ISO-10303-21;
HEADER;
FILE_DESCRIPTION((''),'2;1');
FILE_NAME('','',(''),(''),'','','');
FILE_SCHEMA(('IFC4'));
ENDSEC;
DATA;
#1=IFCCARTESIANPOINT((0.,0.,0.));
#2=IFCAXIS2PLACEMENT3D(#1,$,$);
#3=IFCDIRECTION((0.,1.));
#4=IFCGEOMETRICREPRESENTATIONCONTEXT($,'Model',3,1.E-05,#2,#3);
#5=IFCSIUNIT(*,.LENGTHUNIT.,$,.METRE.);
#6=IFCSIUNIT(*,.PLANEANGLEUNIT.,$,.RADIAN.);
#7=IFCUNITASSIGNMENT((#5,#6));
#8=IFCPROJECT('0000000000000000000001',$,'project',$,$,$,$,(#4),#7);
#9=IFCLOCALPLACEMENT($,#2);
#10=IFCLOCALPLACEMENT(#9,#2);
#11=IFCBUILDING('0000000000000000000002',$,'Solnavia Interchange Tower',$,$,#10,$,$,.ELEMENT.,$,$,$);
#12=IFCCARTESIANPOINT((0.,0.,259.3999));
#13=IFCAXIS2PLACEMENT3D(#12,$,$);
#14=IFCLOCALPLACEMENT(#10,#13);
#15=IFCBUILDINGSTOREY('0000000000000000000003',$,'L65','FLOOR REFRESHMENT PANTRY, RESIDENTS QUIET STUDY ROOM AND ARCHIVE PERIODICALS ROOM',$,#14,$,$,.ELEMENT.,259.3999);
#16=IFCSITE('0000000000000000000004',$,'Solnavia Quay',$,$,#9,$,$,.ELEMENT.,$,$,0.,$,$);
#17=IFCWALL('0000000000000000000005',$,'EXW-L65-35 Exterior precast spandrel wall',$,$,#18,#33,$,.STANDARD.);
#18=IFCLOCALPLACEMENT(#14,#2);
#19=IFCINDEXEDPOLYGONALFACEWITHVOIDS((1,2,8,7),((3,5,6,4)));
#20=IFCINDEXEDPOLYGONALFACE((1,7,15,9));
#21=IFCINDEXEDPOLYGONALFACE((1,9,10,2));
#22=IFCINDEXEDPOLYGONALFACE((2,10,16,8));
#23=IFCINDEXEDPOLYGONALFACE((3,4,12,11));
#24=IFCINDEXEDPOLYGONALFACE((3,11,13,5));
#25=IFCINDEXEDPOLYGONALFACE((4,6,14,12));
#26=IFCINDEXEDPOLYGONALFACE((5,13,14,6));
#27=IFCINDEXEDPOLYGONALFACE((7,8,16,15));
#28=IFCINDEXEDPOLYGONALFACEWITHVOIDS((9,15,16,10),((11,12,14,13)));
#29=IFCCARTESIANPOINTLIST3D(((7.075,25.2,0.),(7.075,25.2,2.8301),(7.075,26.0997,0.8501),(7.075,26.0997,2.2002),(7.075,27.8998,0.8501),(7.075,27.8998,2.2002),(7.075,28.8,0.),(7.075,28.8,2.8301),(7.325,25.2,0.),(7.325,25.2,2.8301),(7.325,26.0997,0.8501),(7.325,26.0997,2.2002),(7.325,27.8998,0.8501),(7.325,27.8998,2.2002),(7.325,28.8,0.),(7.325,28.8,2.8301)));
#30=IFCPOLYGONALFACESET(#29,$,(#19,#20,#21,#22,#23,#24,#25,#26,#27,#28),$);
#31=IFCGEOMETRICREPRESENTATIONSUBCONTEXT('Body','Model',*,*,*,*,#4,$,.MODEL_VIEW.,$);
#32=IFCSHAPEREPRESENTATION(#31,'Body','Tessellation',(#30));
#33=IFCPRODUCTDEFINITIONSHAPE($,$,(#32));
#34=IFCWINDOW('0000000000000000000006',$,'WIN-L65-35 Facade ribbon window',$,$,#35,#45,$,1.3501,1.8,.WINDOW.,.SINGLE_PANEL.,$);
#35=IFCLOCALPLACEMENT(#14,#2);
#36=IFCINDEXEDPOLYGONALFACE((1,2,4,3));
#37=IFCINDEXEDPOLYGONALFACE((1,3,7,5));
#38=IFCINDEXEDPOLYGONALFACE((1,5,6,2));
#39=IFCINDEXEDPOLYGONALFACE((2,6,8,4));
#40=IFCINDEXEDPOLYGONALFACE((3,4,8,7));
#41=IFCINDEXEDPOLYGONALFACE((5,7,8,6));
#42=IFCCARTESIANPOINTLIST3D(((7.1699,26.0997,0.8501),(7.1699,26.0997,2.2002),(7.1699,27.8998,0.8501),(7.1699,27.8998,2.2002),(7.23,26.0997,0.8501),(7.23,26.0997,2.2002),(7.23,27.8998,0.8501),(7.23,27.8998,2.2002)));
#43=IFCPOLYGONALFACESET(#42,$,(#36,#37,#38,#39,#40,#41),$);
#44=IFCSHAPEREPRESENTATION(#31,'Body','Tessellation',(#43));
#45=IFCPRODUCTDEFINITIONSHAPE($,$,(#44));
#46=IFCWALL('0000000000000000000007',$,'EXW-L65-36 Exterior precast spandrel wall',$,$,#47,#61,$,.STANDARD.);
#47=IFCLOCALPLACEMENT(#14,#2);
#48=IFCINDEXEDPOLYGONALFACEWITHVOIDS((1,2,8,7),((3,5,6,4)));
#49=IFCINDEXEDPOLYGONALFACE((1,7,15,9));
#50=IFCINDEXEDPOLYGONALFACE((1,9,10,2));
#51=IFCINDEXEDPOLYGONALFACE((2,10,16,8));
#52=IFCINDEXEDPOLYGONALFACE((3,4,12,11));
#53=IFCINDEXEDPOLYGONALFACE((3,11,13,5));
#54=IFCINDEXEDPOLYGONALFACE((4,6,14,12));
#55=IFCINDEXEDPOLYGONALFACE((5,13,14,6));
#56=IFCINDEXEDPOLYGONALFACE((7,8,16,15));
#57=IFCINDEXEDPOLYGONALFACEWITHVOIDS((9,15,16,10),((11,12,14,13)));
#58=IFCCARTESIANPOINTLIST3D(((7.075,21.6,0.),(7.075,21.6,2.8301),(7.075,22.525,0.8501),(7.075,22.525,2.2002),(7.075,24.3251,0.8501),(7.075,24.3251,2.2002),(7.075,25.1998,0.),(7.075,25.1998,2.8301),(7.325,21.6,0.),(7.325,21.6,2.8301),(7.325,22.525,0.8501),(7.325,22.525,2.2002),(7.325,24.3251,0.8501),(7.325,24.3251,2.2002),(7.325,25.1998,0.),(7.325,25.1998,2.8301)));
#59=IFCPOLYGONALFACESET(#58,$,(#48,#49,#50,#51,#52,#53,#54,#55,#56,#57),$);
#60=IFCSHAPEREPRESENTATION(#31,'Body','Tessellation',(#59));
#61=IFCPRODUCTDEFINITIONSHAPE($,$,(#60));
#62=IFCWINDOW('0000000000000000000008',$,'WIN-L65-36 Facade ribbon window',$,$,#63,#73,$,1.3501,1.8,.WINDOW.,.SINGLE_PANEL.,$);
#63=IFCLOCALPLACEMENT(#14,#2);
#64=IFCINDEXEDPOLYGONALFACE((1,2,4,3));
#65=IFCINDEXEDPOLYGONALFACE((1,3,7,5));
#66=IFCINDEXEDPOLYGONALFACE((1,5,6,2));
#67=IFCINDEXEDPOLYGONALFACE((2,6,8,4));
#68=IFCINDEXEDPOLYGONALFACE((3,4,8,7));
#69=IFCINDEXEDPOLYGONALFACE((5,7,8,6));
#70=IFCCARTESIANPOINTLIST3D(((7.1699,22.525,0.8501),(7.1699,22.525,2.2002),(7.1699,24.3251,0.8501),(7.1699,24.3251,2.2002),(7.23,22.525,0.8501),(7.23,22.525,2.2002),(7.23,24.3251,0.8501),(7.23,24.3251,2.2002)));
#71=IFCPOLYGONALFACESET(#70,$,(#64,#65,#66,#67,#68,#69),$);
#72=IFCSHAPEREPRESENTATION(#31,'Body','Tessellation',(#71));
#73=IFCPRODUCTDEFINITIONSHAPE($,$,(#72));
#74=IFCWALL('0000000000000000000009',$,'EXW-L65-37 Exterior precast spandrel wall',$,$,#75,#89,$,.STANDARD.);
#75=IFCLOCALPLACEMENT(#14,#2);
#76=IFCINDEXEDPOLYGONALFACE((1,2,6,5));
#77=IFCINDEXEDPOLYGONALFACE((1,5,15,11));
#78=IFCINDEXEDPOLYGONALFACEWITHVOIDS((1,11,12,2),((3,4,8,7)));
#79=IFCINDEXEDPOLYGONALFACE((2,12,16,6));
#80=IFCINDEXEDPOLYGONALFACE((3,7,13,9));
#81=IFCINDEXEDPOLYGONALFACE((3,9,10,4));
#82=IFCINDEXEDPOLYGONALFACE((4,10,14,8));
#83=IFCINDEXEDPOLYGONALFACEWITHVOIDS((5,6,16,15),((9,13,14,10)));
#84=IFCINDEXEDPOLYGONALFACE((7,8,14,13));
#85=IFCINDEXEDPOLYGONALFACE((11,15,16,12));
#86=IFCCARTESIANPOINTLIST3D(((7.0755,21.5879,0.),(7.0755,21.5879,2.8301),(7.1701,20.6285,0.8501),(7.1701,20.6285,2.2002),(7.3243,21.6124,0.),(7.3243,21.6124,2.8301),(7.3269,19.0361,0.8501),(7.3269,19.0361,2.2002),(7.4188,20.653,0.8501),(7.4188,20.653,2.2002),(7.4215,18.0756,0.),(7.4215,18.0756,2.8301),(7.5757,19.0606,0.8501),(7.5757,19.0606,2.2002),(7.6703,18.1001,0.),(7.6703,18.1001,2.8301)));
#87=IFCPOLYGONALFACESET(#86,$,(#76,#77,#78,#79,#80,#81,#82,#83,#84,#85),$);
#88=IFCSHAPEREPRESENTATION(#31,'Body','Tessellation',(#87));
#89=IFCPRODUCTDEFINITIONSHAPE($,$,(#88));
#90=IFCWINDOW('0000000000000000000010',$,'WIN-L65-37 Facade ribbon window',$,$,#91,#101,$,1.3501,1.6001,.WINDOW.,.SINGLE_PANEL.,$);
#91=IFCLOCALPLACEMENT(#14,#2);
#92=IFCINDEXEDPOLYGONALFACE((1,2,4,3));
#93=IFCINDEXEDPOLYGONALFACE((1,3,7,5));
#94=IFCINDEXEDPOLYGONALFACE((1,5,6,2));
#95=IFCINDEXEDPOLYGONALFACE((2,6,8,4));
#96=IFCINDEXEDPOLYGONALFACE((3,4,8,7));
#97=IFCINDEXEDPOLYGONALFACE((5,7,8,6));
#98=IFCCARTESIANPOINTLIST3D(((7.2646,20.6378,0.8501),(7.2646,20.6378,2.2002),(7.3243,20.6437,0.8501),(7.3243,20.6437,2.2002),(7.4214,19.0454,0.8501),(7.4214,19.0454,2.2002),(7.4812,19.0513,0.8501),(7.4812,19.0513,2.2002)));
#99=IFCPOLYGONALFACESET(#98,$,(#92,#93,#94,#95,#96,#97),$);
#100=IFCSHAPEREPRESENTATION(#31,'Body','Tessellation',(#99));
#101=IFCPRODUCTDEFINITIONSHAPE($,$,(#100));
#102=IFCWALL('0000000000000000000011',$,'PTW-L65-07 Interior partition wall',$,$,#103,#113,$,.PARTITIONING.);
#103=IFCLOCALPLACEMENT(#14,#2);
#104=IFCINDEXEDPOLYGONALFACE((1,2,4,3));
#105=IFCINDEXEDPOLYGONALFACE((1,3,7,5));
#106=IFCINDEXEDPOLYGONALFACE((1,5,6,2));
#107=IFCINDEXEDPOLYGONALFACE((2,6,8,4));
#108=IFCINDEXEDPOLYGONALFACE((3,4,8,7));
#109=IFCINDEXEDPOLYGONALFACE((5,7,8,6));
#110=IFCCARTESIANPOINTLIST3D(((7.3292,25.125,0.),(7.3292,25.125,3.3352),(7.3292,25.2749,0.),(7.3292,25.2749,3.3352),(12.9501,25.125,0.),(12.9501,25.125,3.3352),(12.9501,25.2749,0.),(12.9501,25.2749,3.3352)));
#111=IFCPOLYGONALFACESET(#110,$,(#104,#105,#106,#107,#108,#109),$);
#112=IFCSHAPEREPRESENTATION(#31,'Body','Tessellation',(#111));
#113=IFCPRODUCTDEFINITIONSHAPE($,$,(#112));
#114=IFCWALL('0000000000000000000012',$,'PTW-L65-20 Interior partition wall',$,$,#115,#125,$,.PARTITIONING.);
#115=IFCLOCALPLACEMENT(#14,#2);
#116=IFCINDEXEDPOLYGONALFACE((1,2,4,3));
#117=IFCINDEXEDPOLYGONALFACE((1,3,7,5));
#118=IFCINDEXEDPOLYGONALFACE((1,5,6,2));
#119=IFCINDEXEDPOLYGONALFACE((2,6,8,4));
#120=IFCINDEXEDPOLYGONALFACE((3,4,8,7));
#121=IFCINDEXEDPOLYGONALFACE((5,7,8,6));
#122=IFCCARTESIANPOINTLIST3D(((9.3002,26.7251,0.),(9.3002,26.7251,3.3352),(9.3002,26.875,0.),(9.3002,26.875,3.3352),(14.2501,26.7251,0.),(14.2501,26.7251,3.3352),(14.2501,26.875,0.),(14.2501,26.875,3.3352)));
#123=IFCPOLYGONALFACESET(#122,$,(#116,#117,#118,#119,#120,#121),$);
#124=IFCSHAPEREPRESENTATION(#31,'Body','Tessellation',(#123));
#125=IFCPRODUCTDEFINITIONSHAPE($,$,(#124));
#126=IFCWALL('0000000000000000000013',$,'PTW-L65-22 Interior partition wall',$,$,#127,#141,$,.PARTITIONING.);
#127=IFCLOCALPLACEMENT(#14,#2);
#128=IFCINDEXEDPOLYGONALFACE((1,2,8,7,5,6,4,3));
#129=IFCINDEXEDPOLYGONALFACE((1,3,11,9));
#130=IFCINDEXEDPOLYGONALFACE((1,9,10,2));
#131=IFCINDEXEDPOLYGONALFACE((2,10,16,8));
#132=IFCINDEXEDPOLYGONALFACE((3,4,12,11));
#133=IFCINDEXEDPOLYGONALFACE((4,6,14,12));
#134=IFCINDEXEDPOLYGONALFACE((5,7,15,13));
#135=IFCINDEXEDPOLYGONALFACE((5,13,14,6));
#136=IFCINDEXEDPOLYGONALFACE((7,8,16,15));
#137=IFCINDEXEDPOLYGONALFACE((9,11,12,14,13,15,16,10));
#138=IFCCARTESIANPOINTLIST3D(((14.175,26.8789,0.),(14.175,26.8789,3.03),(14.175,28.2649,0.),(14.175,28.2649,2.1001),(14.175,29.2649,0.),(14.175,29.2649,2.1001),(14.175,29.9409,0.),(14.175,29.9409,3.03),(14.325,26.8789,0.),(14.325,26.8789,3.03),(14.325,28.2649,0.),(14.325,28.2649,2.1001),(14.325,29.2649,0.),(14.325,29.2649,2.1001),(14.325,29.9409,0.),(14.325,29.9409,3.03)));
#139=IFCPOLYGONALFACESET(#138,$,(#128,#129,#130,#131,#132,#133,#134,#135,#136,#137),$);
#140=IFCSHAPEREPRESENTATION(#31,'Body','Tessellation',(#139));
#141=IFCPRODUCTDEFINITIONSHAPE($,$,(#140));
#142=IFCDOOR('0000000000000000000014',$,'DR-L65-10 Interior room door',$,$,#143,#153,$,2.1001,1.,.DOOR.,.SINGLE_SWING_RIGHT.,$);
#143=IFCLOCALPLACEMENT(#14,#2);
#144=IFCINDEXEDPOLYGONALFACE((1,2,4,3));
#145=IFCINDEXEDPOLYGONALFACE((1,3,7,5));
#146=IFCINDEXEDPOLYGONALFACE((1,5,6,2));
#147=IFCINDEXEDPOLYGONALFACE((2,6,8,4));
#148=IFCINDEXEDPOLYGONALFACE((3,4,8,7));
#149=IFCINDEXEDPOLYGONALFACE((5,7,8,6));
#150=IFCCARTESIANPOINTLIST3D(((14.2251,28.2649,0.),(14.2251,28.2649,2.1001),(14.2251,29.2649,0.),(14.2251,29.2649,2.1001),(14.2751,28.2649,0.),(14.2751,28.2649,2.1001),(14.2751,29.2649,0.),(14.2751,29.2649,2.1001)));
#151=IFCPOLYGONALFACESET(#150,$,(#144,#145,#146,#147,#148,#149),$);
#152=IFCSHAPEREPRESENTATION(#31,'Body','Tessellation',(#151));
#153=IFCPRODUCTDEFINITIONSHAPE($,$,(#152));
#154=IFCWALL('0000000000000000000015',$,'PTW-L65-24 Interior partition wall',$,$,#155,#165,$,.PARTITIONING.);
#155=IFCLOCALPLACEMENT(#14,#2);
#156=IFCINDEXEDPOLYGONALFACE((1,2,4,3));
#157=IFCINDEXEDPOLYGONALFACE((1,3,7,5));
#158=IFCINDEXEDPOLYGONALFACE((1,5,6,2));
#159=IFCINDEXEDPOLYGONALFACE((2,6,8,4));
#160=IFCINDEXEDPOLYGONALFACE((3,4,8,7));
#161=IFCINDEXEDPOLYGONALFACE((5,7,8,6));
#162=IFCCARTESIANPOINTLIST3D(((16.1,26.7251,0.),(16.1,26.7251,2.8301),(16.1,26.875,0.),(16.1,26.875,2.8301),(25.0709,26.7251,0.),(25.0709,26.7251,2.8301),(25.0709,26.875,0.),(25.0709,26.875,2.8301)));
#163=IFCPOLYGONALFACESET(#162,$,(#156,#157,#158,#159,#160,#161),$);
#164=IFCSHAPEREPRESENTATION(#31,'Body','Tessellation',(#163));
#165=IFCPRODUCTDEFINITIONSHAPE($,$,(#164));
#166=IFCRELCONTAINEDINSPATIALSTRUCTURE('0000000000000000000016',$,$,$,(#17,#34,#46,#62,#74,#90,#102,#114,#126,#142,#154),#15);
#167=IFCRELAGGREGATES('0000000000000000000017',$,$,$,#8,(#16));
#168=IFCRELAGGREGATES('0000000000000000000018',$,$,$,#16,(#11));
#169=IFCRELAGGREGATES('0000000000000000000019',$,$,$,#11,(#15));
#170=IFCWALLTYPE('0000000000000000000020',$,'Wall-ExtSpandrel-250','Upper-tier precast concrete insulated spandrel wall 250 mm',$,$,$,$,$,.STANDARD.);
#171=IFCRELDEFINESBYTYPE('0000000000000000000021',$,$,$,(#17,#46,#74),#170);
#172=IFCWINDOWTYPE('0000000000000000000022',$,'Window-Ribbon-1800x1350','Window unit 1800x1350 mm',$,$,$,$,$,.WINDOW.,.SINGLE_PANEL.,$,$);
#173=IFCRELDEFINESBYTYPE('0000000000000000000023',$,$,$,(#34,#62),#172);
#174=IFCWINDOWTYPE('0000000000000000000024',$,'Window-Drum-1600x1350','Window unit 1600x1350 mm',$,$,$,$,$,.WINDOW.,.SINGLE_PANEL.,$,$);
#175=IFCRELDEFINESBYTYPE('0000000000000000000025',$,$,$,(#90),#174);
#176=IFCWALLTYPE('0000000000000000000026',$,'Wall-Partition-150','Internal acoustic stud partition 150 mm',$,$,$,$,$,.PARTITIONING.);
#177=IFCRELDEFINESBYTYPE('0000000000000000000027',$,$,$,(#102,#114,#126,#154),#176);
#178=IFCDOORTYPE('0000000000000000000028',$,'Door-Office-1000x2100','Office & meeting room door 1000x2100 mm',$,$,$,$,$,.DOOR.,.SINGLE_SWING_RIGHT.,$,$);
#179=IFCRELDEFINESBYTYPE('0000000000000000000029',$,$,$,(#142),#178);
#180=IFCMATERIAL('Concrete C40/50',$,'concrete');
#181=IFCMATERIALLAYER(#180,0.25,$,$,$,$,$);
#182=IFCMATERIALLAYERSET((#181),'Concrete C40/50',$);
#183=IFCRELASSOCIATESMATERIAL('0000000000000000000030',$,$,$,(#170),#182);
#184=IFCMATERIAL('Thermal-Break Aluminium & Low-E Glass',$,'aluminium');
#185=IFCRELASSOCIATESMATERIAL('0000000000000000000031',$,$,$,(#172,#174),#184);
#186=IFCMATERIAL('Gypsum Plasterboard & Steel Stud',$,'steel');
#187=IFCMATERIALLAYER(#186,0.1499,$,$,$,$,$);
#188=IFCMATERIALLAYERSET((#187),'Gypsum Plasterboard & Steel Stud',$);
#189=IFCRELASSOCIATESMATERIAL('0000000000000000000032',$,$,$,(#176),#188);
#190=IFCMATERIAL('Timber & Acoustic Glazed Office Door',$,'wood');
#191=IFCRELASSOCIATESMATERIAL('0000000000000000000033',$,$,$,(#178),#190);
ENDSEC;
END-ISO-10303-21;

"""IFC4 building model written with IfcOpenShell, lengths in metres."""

from ifc_helpers import new_model, si_unit, direction, frame, frame_2d, origin, place, context, subcontext, project, spatial, rectangle, extrude, material, layer, layer_set, type_object, element, fill, save


model = new_model("IFC4")

# Units and contexts
model_context = context("Model", 3, precision=1e-05, world=origin(), true_north=direction((0.0, 1.0)))
body_context = subcontext(model_context, "Body", "Model", "MODEL_VIEW")
ifc_project = project(units=[si_unit("LENGTHUNIT", "METRE"), si_unit("PLANEANGLEUNIT", "RADIAN")], contexts=[model_context])

# Site, building, storey
site_placement = place(None, origin())
site = spatial("IfcSite", under=ifc_project, at=site_placement, Name="Solnavia Quay", CompositionType="ELEMENT", RefElevation=0.0)
building_placement = place(site_placement, origin())
building = spatial("IfcBuilding", under=site, at=building_placement, Name="Solnavia Interchange Tower", CompositionType="ELEMENT")
storey_placement = place(building_placement, frame((0.0, 0.0, 259.3999)))
storey = spatial("IfcBuildingStorey", under=building, at=storey_placement, Name="L65", Description="FLOOR REFRESHMENT PANTRY, RESIDENTS QUIET STUDY ROOM AND ARCHIVE PERIODICALS ROOM", CompositionType="ELEMENT", Elevation=259.3999)

# Walls, openings, windows
ifc_material_1 = material(Name="Concrete C40/50", Category="concrete")
ifc_layer_1 = layer(ifc_material_1, 0.25)
ifc_layer_set_1 = layer_set([ifc_layer_1], Name="Concrete C40/50")
wall_type_1 = type_object("IfcWallType", Name="Wall-ExtSpandrel-250", Description="Upper-tier precast concrete insulated spandrel wall 250 mm", PredefinedType="STANDARD", material=ifc_layer_set_1)
wall_1_placement = place(storey_placement, frame((7.2, 25.2, 0.0), z_axis=(0.0, 0.0, 1.0), x_axis=(0.0, 1.0, 0.0)))
wall_1 = element("IfcWall", 1, at=wall_1_placement, inside=storey, type_object=wall_type_1, Name="EXW-L65-35 Exterior precast spandrel wall", PredefinedType="STANDARD", context=body_context, shape_type="SweptSolid", body=[
    extrude(rectangle(XDim=3.6001, YDim=0.25, at=frame_2d((1.8, 0.0))), origin(), (0.0, 0.0, 1.0), 2.8301),
])
opening_1_placement = place(wall_1_placement, frame((0.8999, 0.0, 0.8501)))
opening_1 = element("IfcOpeningElement", 2, at=opening_1_placement, cuts=wall_1, PredefinedType="OPENING", context=body_context, shape_type="SweptSolid", body=[
    extrude(rectangle(XDim=1.8, YDim=1.3501, at=frame_2d((0.8999, 0.675))), frame((0.0, 0.135, 0.0), z_axis=(0.0, -1.0, 0.0), x_axis=(1.0, 0.0, 0.0)), (0.0, 0.0, 1.0), 0.27),
])
ifc_material_2 = material(Name="Thermal-Break Aluminium & Low-E Glass", Category="aluminium")
window_type_1 = type_object("IfcWindowType", Name="Window-Ribbon-1800x1350", Description="Window unit 1800x1350 mm", PartitioningType="SINGLE_PANEL", PredefinedType="WINDOW", material=ifc_material_2)
window_1_placement = place(opening_1_placement, origin())
window_1 = element("IfcWindow", 3, at=window_1_placement, inside=storey, type_object=window_type_1, Name="WIN-L65-35 Facade ribbon window", OverallHeight=1.3501, OverallWidth=1.8, PartitioningType="SINGLE_PANEL", PredefinedType="WINDOW", context=body_context, shape_type="SweptSolid", body=[
    extrude(rectangle(XDim=1.8, YDim=1.3501, at=frame_2d((0.8999, 0.675))), frame((0.0, 0.03, 0.0), z_axis=(0.0, -1.0, 0.0), x_axis=(1.0, 0.0, 0.0)), (0.0, 0.0, 1.0), 0.0601),
])
fill(opening_1, window_1)
wall_2_placement = place(storey_placement, frame((7.2, 21.6001, 0.0), z_axis=(0.0, 0.0, 1.0), x_axis=(0.0, 1.0, 0.0)))
wall_2 = element("IfcWall", 4, at=wall_2_placement, inside=storey, type_object=wall_type_1, Name="EXW-L65-36 Exterior precast spandrel wall", PredefinedType="STANDARD", context=body_context, shape_type="SweptSolid", body=[
    extrude(rectangle(XDim=3.5999, YDim=0.25, at=frame_2d((1.7998, 0.0))), origin(), (0.0, 0.0, 1.0), 2.8301),
])
opening_2_placement = place(wall_2_placement, frame((0.925, 0.0, 0.8501)))
opening_2 = element("IfcOpeningElement", 5, at=opening_2_placement, cuts=wall_2, PredefinedType="OPENING", context=body_context, shape_type="SweptSolid", body=[
    extrude(rectangle(XDim=1.8, YDim=1.3501, at=frame_2d((0.8999, 0.675))), frame((0.0, 0.135, 0.0), z_axis=(0.0, -1.0, 0.0), x_axis=(1.0, 0.0, 0.0)), (0.0, 0.0, 1.0), 0.27),
])
window_2_placement = place(opening_2_placement, origin())
window_2 = element("IfcWindow", 6, at=window_2_placement, inside=storey, type_object=window_type_1, Name="WIN-L65-36 Facade ribbon window", OverallHeight=1.3501, OverallWidth=1.8, PartitioningType="SINGLE_PANEL", PredefinedType="WINDOW", context=body_context, shape_type="SweptSolid", body=[
    extrude(rectangle(XDim=1.8, YDim=1.3501, at=frame_2d((0.8999, 0.675))), frame((0.0, 0.03, 0.0), z_axis=(0.0, -1.0, 0.0), x_axis=(1.0, 0.0, 0.0)), (0.0, 0.0, 1.0), 0.0601),
])
fill(opening_2, window_2)
wall_3_placement = place(storey_placement, frame((7.5459, 18.0879, 0.0), z_axis=(0.0, 0.0, 1.0), x_axis=(-0.098024, 0.995184, 0.0)))
wall_3 = element("IfcWall", 7, at=wall_3_placement, inside=storey, type_object=wall_type_1, Name="EXW-L65-37 Exterior precast spandrel wall", PredefinedType="STANDARD", context=body_context, shape_type="SweptSolid", body=[
    extrude(rectangle(XDim=3.5293, YDim=0.25, at=frame_2d((1.7646, 0.0))), origin(), (0.0, 0.0, 1.0), 2.8301),
])
opening_3_placement = place(wall_3_placement, frame((0.9651, 0.0, 0.8501)))
opening_3 = element("IfcOpeningElement", 8, at=opening_3_placement, cuts=wall_3, PredefinedType="OPENING", context=body_context, shape_type="SweptSolid", body=[
    extrude(rectangle(XDim=1.6001, YDim=1.3501, at=frame_2d((0.8, 0.675))), frame((0.0, 0.135, 0.0), z_axis=(0.0, -1.0, 0.0), x_axis=(1.0, 0.0, 0.0)), (0.0, 0.0, 1.0), 0.27),
])
window_type_2 = type_object("IfcWindowType", Name="Window-Drum-1600x1350", Description="Window unit 1600x1350 mm", PartitioningType="SINGLE_PANEL", PredefinedType="WINDOW", material=ifc_material_2)
window_3_placement = place(opening_3_placement, origin())
window_3 = element("IfcWindow", 9, at=window_3_placement, inside=storey, type_object=window_type_2, Name="WIN-L65-37 Facade ribbon window", OverallHeight=1.3501, OverallWidth=1.6001, PartitioningType="SINGLE_PANEL", PredefinedType="WINDOW", context=body_context, shape_type="SweptSolid", body=[
    extrude(rectangle(XDim=1.6001, YDim=1.3501, at=frame_2d((0.8, 0.675))), frame((0.0, 0.03, 0.0), z_axis=(0.0, -1.0, 0.0), x_axis=(1.0, 0.0, 0.0)), (0.0, 0.0, 1.0), 0.0601),
])
fill(opening_3, window_3)

# Walls
ifc_material_3 = material(Name="Gypsum Plasterboard & Steel Stud", Category="steel")
ifc_layer_2 = layer(ifc_material_3, 0.1499)
ifc_layer_set_2 = layer_set([ifc_layer_2], Name="Gypsum Plasterboard & Steel Stud")
wall_type_2 = type_object("IfcWallType", Name="Wall-Partition-150", Description="Internal acoustic stud partition 150 mm", PredefinedType="PARTITIONING", material=ifc_layer_set_2)
wall_4_placement = place(storey_placement, frame((7.3291, 25.2, 0.0), z_axis=(0.0, 0.0, 1.0), x_axis=(1.0, 0.0, 0.0)))
element("IfcWall", 10, at=wall_4_placement, inside=storey, type_object=wall_type_2, Name="PTW-L65-07 Interior partition wall", PredefinedType="PARTITIONING", context=body_context, shape_type="SweptSolid", body=[
    extrude(rectangle(XDim=5.6208, YDim=0.1499, at=frame_2d((2.8105, 0.0))), origin(), (0.0, 0.0, 1.0), 3.3352),
])
wall_5_placement = place(storey_placement, frame((9.3, 26.8, 0.0), z_axis=(0.0, 0.0, 1.0), x_axis=(1.0, 0.0, 0.0)))
element("IfcWall", 11, at=wall_5_placement, inside=storey, type_object=wall_type_2, Name="PTW-L65-20 Interior partition wall", PredefinedType="PARTITIONING", context=body_context, shape_type="SweptSolid", body=[
    extrude(rectangle(XDim=4.95, YDim=0.1499, at=frame_2d((2.4751, 0.0))), origin(), (0.0, 0.0, 1.0), 3.3352),
])

# Wall, opening, door
wall_6_placement = place(storey_placement, frame((14.25, 26.8789, 0.0), z_axis=(0.0, 0.0, 1.0), x_axis=(0.0, 1.0, 0.0)))
wall_6 = element("IfcWall", 12, at=wall_6_placement, inside=storey, type_object=wall_type_2, Name="PTW-L65-22 Interior partition wall", PredefinedType="PARTITIONING", context=body_context, shape_type="SweptSolid", body=[
    extrude(rectangle(XDim=3.062, YDim=0.1499, at=frame_2d((1.531, 0.0))), origin(), (0.0, 0.0, 1.0), 3.03),
])
opening_4_placement = place(wall_6_placement, frame((1.386, 0.0, 0.0)))
opening_4 = element("IfcOpeningElement", 13, at=opening_4_placement, cuts=wall_6, PredefinedType="OPENING", context=body_context, shape_type="SweptSolid", body=[
    extrude(rectangle(XDim=1.0, YDim=2.1001, at=frame_2d((0.5, 1.05))), frame((0.0, 0.085, 0.0), z_axis=(0.0, -1.0, 0.0), x_axis=(1.0, 0.0, 0.0)), (0.0, 0.0, 1.0), 0.1699),
])
ifc_material_4 = material(Name="Timber & Acoustic Glazed Office Door", Category="wood")
door_type = type_object("IfcDoorType", Name="Door-Office-1000x2100", Description="Office & meeting room door 1000x2100 mm", OperationType="SINGLE_SWING_RIGHT", PredefinedType="DOOR", material=ifc_material_4)
door_1_placement = place(opening_4_placement, origin())
door_1 = element("IfcDoor", 14, at=door_1_placement, inside=storey, type_object=door_type, Name="DR-L65-10 Interior room door", OperationType="SINGLE_SWING_RIGHT", OverallHeight=2.1001, OverallWidth=1.0, PredefinedType="DOOR", context=body_context, shape_type="SweptSolid", body=[
    extrude(rectangle(XDim=1.0, YDim=2.1001, at=frame_2d((0.5, 1.05))), frame((0.0, 0.0249, 0.0), z_axis=(0.0, -1.0, 0.0), x_axis=(1.0, 0.0, 0.0)), (0.0, 0.0, 1.0), 0.05),
])
fill(opening_4, door_1)

# Wall
wall_7_placement = place(storey_placement, frame((16.1001, 26.8, 0.0), z_axis=(0.0, 0.0, 1.0), x_axis=(1.0, 0.0, 0.0)))
element("IfcWall", 15, at=wall_7_placement, inside=storey, type_object=wall_type_2, Name="PTW-L65-24 Interior partition wall", PredefinedType="PARTITIONING", context=body_context, shape_type="SweptSolid", body=[
    extrude(rectangle(XDim=8.9709, YDim=0.1499, at=frame_2d((4.4854, 0.0))), origin(), (0.0, 0.0, 1.0), 2.8301),
])

save(model, "model.ifc")
